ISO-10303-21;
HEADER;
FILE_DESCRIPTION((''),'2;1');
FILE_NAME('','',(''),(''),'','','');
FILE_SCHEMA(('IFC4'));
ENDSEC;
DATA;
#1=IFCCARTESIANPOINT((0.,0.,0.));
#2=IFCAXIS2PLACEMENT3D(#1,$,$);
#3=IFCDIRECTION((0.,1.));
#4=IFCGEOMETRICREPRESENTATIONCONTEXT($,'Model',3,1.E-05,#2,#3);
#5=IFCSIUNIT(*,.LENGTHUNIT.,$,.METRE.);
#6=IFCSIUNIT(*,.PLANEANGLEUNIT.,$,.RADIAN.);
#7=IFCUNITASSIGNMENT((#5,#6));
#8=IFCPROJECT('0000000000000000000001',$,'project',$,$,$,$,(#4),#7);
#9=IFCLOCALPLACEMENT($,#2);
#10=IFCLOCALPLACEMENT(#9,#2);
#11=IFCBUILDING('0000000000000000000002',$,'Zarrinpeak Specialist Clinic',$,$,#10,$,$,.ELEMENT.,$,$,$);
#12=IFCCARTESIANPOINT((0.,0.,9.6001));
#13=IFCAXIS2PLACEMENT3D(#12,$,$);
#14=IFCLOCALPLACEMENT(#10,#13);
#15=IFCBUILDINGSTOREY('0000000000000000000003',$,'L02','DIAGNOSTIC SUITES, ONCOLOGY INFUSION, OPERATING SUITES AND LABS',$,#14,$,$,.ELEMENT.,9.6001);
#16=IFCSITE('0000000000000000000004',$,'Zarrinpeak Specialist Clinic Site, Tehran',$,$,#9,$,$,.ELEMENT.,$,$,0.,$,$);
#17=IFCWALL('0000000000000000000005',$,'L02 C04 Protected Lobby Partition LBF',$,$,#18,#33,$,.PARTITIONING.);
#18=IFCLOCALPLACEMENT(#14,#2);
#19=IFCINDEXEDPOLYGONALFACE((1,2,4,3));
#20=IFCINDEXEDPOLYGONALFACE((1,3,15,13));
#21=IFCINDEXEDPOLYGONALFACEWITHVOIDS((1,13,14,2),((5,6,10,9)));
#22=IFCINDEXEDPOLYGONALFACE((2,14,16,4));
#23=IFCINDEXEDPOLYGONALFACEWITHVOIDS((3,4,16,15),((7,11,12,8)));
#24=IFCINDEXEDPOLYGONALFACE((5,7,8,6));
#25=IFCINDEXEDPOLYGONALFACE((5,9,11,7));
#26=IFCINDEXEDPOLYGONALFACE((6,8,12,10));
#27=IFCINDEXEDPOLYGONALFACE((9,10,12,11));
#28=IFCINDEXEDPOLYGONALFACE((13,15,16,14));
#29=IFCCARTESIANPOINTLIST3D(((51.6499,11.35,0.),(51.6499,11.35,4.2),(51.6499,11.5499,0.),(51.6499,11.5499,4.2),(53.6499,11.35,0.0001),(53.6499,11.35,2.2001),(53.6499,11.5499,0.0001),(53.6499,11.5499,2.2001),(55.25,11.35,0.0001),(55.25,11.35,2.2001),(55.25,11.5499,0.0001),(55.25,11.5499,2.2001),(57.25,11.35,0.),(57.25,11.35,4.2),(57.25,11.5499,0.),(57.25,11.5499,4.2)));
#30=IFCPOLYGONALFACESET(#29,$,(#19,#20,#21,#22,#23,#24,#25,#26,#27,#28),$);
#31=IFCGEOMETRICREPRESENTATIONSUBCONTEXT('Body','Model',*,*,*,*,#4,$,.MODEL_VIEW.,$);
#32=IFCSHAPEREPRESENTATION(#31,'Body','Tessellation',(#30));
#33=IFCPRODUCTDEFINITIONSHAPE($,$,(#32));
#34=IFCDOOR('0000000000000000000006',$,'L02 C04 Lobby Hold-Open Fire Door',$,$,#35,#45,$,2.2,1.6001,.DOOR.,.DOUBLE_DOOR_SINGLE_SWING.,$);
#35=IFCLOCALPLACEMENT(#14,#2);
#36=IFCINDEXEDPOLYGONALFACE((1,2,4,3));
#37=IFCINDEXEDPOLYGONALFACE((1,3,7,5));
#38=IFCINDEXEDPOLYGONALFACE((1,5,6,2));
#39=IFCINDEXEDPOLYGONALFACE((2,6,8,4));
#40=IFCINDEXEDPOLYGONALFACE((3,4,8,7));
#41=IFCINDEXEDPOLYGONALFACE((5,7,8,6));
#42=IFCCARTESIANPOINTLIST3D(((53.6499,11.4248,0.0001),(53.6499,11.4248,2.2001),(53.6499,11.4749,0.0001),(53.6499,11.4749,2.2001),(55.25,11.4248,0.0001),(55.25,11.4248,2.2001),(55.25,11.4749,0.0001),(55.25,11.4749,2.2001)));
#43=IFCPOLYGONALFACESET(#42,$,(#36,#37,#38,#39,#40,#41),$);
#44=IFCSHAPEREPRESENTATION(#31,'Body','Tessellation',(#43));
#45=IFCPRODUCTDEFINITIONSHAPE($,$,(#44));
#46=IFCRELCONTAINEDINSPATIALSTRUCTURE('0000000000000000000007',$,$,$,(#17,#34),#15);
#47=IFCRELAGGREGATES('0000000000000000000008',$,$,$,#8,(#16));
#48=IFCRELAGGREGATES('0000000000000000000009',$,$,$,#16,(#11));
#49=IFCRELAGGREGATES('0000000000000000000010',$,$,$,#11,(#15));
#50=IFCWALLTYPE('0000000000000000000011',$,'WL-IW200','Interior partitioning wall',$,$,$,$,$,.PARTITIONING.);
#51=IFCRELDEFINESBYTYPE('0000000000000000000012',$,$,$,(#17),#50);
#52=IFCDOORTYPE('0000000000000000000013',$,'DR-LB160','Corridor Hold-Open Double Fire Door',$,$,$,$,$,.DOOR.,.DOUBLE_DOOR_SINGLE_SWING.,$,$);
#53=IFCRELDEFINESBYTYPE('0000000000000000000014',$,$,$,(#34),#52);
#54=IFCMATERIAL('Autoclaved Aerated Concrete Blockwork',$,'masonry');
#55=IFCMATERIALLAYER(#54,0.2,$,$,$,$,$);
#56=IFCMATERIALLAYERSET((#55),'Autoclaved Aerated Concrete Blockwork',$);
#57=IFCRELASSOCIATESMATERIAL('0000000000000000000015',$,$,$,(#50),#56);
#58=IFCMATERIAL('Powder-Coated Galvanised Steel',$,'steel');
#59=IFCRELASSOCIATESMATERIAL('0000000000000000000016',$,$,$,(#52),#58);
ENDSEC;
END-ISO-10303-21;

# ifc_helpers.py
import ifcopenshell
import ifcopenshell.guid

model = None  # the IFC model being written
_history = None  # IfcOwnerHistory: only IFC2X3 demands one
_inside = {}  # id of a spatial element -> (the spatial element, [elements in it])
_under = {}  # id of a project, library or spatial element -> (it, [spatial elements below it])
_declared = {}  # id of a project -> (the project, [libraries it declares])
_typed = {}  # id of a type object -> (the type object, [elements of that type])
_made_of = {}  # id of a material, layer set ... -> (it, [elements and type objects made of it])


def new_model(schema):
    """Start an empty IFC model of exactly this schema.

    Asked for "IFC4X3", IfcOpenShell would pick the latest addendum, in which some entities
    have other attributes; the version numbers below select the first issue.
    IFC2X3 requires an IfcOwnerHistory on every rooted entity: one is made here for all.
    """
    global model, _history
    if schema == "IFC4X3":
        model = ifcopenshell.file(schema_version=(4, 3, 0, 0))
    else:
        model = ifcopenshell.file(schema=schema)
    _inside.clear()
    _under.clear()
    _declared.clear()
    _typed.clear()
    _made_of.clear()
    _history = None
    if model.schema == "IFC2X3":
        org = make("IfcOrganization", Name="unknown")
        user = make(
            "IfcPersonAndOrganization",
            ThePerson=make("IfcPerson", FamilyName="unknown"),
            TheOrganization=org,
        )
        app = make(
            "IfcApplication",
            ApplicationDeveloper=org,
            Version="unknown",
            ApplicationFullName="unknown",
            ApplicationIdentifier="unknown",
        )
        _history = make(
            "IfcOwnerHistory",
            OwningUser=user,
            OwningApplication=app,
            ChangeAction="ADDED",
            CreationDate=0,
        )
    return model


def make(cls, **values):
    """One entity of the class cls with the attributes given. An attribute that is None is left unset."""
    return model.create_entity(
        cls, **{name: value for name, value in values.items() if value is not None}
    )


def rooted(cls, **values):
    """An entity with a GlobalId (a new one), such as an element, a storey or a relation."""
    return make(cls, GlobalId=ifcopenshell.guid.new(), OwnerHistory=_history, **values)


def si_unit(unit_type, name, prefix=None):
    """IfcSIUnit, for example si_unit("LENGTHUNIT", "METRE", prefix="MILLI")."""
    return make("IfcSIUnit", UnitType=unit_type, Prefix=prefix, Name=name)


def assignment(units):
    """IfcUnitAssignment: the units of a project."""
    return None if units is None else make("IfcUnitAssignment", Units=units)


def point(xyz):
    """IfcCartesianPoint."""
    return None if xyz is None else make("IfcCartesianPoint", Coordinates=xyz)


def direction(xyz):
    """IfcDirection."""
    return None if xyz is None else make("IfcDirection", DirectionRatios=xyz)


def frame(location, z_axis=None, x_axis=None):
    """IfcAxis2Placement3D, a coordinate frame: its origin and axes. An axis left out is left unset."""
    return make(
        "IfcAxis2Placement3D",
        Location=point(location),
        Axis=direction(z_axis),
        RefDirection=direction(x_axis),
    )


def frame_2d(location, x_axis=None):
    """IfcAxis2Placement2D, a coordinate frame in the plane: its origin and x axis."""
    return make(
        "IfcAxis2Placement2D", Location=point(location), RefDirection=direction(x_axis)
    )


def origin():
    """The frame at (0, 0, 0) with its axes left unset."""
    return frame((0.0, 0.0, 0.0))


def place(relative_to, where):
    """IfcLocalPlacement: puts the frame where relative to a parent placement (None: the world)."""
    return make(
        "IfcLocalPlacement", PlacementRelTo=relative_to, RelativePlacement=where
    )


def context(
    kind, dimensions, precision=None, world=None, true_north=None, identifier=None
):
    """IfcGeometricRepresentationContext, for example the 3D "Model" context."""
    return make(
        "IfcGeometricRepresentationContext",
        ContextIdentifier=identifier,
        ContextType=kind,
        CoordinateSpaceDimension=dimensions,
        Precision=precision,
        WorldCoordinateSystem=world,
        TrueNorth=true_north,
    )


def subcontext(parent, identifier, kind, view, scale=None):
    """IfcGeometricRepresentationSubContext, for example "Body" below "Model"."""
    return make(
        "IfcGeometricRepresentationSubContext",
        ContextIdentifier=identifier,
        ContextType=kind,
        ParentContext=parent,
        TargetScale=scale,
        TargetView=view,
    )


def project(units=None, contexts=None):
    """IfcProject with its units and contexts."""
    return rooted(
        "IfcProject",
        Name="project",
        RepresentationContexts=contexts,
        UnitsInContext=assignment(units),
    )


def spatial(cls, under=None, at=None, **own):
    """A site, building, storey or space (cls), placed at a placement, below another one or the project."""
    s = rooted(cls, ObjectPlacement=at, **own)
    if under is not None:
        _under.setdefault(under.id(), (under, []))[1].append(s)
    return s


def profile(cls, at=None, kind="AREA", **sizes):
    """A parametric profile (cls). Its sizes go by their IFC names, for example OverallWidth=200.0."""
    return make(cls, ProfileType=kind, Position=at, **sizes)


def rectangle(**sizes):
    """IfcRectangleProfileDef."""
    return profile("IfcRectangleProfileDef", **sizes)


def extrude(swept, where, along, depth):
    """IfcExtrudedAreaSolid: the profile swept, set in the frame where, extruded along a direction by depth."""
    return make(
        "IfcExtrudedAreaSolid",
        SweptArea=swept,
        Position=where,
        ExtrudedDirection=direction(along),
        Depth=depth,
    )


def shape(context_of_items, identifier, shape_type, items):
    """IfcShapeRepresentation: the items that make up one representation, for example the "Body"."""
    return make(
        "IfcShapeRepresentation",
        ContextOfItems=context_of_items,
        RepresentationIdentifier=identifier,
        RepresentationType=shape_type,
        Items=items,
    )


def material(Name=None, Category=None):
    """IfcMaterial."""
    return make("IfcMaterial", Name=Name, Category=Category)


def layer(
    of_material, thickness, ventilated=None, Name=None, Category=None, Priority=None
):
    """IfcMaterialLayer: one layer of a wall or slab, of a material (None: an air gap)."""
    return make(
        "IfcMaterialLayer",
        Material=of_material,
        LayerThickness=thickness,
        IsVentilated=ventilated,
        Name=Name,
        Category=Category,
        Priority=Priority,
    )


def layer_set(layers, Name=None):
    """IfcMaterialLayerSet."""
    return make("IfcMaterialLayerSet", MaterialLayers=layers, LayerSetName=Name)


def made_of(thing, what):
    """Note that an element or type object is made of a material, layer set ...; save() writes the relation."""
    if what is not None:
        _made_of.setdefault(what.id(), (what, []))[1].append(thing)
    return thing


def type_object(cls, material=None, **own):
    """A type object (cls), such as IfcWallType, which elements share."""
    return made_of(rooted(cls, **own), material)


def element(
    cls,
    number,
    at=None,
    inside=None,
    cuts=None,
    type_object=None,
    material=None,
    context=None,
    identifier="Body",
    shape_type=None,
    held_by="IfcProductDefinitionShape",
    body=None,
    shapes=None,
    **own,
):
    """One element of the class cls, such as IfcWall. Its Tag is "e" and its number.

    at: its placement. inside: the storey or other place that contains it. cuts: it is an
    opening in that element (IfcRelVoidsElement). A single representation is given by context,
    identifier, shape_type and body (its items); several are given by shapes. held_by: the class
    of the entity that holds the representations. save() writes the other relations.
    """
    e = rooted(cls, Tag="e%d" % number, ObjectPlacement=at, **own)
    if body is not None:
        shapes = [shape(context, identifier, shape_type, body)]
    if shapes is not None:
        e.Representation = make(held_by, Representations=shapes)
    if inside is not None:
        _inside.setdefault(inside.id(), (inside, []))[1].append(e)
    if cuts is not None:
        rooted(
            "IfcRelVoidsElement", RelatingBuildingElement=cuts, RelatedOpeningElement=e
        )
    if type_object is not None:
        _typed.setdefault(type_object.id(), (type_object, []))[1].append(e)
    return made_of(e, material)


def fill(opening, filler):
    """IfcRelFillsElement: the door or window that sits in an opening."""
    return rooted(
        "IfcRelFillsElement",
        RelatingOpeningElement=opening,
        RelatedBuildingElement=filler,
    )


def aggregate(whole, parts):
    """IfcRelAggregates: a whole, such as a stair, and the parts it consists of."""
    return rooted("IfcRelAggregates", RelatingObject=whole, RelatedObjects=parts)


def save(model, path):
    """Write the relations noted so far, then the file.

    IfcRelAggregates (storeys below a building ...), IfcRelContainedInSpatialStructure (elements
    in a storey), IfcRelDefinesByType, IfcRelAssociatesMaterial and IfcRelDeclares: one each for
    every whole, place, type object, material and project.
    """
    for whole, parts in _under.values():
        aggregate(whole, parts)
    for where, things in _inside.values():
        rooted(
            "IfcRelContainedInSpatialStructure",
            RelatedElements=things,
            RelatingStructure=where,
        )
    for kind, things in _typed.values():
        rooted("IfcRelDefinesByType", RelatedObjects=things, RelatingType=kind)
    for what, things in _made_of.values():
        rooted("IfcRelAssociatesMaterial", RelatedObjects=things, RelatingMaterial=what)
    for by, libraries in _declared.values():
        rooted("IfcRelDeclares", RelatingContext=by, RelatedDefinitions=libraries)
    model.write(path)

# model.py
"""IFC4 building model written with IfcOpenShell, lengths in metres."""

from ifc_helpers import new_model, si_unit, direction, frame, frame_2d, origin, place, context, subcontext, project, spatial, rectangle, extrude, material, layer, layer_set, type_object, element, fill, save


model = new_model("IFC4")

# Units and contexts
model_context = context("Model", 3, precision=1e-05, world=origin(), true_north=direction((0.0, 1.0)))
body_context = subcontext(model_context, "Body", "Model", "MODEL_VIEW")
ifc_project = project(units=[si_unit("LENGTHUNIT", "METRE"), si_unit("PLANEANGLEUNIT", "RADIAN")], contexts=[model_context])

# Site, building, storey
site_placement = place(None, origin())
site = spatial("IfcSite", under=ifc_project, at=site_placement, Name="Zarrinpeak Specialist Clinic Site, Tehran", CompositionType="ELEMENT", RefElevation=0.0)
building_placement = place(site_placement, origin())
building = spatial("IfcBuilding", under=site, at=building_placement, Name="Zarrinpeak Specialist Clinic", CompositionType="ELEMENT")
storey_placement = place(building_placement, frame((0.0, 0.0, 9.6001)))
storey = spatial("IfcBuildingStorey", under=building, at=storey_placement, Name="L02", Description="DIAGNOSTIC SUITES, ONCOLOGY INFUSION, OPERATING SUITES AND LABS", CompositionType="ELEMENT", Elevation=9.6001)

# Wall, opening, door
ifc_material_1 = material(Name="Powder-Coated Galvanised Steel", Category="steel")
ifc_material_2 = material(Name="Autoclaved Aerated Concrete Blockwork", Category="masonry")
ifc_layer_1 = layer(ifc_material_2, 0.2)
ifc_layer_set_1 = layer_set([ifc_layer_1], Name="Autoclaved Aerated Concrete Blockwork")
wall_type_1 = type_object("IfcWallType", Name="WL-IW200", Description="Interior partitioning wall", PredefinedType="PARTITIONING", material=ifc_layer_set_1)
wall_1_placement = place(storey_placement, frame((51.6499, 11.45, 0.0), z_axis=(0.0, 0.0, 1.0), x_axis=(1.0, 0.0, 0.0)))
wall_1 = element("IfcWall", 1, at=wall_1_placement, inside=storey, type_object=wall_type_1, Name="L02 C04 Protected Lobby Partition LBF", PredefinedType="PARTITIONING", context=body_context, shape_type="SweptSolid", body=[
    extrude(rectangle(XDim=5.6001, YDim=0.2, at=frame_2d((2.8, 0.0))), origin(), (0.0, 0.0, 1.0), 4.2),
])
opening_1_placement = place(wall_1_placement, frame((2.0, 0.0, 0.0)))
opening_1 = element("IfcOpeningElement", 2, at=opening_1_placement, cuts=wall_1, PredefinedType="OPENING", context=body_context, shape_type="SweptSolid", body=[
    extrude(rectangle(XDim=1.6001, YDim=2.2, at=frame_2d((0.8, 1.1001))), frame((0.0, 0.1099, 0.0), z_axis=(0.0, -1.0, 0.0), x_axis=(1.0, 0.0, 0.0)), (0.0, 0.0, 1.0), 0.22),
])
door_type_1 = type_object("IfcDoorType", Name="DR-LB160", Description="Corridor Hold-Open Double Fire Door", OperationType="DOUBLE_DOOR_SINGLE_SWING", PredefinedType="DOOR", material=ifc_material_1)
door_1_placement = place(opening_1_placement, origin())
door_1 = element("IfcDoor", 3, at=door_1_placement, inside=storey, type_object=door_type_1, Name="L02 C04 Lobby Hold-Open Fire Door", OperationType="DOUBLE_DOOR_SINGLE_SWING", OverallHeight=2.2, OverallWidth=1.6001, PredefinedType="DOOR", context=body_context, shape_type="SweptSolid", body=[
    extrude(rectangle(XDim=1.6001, YDim=2.2, at=frame_2d((0.8, 1.1001))), frame((0.0, 0.0249, 0.0), z_axis=(0.0, -1.0, 0.0), x_axis=(1.0, 0.0, 0.0)), (0.0, 0.0, 1.0), 0.05),
])
fill(opening_1, door_1)

save(model, "model.ifc")
